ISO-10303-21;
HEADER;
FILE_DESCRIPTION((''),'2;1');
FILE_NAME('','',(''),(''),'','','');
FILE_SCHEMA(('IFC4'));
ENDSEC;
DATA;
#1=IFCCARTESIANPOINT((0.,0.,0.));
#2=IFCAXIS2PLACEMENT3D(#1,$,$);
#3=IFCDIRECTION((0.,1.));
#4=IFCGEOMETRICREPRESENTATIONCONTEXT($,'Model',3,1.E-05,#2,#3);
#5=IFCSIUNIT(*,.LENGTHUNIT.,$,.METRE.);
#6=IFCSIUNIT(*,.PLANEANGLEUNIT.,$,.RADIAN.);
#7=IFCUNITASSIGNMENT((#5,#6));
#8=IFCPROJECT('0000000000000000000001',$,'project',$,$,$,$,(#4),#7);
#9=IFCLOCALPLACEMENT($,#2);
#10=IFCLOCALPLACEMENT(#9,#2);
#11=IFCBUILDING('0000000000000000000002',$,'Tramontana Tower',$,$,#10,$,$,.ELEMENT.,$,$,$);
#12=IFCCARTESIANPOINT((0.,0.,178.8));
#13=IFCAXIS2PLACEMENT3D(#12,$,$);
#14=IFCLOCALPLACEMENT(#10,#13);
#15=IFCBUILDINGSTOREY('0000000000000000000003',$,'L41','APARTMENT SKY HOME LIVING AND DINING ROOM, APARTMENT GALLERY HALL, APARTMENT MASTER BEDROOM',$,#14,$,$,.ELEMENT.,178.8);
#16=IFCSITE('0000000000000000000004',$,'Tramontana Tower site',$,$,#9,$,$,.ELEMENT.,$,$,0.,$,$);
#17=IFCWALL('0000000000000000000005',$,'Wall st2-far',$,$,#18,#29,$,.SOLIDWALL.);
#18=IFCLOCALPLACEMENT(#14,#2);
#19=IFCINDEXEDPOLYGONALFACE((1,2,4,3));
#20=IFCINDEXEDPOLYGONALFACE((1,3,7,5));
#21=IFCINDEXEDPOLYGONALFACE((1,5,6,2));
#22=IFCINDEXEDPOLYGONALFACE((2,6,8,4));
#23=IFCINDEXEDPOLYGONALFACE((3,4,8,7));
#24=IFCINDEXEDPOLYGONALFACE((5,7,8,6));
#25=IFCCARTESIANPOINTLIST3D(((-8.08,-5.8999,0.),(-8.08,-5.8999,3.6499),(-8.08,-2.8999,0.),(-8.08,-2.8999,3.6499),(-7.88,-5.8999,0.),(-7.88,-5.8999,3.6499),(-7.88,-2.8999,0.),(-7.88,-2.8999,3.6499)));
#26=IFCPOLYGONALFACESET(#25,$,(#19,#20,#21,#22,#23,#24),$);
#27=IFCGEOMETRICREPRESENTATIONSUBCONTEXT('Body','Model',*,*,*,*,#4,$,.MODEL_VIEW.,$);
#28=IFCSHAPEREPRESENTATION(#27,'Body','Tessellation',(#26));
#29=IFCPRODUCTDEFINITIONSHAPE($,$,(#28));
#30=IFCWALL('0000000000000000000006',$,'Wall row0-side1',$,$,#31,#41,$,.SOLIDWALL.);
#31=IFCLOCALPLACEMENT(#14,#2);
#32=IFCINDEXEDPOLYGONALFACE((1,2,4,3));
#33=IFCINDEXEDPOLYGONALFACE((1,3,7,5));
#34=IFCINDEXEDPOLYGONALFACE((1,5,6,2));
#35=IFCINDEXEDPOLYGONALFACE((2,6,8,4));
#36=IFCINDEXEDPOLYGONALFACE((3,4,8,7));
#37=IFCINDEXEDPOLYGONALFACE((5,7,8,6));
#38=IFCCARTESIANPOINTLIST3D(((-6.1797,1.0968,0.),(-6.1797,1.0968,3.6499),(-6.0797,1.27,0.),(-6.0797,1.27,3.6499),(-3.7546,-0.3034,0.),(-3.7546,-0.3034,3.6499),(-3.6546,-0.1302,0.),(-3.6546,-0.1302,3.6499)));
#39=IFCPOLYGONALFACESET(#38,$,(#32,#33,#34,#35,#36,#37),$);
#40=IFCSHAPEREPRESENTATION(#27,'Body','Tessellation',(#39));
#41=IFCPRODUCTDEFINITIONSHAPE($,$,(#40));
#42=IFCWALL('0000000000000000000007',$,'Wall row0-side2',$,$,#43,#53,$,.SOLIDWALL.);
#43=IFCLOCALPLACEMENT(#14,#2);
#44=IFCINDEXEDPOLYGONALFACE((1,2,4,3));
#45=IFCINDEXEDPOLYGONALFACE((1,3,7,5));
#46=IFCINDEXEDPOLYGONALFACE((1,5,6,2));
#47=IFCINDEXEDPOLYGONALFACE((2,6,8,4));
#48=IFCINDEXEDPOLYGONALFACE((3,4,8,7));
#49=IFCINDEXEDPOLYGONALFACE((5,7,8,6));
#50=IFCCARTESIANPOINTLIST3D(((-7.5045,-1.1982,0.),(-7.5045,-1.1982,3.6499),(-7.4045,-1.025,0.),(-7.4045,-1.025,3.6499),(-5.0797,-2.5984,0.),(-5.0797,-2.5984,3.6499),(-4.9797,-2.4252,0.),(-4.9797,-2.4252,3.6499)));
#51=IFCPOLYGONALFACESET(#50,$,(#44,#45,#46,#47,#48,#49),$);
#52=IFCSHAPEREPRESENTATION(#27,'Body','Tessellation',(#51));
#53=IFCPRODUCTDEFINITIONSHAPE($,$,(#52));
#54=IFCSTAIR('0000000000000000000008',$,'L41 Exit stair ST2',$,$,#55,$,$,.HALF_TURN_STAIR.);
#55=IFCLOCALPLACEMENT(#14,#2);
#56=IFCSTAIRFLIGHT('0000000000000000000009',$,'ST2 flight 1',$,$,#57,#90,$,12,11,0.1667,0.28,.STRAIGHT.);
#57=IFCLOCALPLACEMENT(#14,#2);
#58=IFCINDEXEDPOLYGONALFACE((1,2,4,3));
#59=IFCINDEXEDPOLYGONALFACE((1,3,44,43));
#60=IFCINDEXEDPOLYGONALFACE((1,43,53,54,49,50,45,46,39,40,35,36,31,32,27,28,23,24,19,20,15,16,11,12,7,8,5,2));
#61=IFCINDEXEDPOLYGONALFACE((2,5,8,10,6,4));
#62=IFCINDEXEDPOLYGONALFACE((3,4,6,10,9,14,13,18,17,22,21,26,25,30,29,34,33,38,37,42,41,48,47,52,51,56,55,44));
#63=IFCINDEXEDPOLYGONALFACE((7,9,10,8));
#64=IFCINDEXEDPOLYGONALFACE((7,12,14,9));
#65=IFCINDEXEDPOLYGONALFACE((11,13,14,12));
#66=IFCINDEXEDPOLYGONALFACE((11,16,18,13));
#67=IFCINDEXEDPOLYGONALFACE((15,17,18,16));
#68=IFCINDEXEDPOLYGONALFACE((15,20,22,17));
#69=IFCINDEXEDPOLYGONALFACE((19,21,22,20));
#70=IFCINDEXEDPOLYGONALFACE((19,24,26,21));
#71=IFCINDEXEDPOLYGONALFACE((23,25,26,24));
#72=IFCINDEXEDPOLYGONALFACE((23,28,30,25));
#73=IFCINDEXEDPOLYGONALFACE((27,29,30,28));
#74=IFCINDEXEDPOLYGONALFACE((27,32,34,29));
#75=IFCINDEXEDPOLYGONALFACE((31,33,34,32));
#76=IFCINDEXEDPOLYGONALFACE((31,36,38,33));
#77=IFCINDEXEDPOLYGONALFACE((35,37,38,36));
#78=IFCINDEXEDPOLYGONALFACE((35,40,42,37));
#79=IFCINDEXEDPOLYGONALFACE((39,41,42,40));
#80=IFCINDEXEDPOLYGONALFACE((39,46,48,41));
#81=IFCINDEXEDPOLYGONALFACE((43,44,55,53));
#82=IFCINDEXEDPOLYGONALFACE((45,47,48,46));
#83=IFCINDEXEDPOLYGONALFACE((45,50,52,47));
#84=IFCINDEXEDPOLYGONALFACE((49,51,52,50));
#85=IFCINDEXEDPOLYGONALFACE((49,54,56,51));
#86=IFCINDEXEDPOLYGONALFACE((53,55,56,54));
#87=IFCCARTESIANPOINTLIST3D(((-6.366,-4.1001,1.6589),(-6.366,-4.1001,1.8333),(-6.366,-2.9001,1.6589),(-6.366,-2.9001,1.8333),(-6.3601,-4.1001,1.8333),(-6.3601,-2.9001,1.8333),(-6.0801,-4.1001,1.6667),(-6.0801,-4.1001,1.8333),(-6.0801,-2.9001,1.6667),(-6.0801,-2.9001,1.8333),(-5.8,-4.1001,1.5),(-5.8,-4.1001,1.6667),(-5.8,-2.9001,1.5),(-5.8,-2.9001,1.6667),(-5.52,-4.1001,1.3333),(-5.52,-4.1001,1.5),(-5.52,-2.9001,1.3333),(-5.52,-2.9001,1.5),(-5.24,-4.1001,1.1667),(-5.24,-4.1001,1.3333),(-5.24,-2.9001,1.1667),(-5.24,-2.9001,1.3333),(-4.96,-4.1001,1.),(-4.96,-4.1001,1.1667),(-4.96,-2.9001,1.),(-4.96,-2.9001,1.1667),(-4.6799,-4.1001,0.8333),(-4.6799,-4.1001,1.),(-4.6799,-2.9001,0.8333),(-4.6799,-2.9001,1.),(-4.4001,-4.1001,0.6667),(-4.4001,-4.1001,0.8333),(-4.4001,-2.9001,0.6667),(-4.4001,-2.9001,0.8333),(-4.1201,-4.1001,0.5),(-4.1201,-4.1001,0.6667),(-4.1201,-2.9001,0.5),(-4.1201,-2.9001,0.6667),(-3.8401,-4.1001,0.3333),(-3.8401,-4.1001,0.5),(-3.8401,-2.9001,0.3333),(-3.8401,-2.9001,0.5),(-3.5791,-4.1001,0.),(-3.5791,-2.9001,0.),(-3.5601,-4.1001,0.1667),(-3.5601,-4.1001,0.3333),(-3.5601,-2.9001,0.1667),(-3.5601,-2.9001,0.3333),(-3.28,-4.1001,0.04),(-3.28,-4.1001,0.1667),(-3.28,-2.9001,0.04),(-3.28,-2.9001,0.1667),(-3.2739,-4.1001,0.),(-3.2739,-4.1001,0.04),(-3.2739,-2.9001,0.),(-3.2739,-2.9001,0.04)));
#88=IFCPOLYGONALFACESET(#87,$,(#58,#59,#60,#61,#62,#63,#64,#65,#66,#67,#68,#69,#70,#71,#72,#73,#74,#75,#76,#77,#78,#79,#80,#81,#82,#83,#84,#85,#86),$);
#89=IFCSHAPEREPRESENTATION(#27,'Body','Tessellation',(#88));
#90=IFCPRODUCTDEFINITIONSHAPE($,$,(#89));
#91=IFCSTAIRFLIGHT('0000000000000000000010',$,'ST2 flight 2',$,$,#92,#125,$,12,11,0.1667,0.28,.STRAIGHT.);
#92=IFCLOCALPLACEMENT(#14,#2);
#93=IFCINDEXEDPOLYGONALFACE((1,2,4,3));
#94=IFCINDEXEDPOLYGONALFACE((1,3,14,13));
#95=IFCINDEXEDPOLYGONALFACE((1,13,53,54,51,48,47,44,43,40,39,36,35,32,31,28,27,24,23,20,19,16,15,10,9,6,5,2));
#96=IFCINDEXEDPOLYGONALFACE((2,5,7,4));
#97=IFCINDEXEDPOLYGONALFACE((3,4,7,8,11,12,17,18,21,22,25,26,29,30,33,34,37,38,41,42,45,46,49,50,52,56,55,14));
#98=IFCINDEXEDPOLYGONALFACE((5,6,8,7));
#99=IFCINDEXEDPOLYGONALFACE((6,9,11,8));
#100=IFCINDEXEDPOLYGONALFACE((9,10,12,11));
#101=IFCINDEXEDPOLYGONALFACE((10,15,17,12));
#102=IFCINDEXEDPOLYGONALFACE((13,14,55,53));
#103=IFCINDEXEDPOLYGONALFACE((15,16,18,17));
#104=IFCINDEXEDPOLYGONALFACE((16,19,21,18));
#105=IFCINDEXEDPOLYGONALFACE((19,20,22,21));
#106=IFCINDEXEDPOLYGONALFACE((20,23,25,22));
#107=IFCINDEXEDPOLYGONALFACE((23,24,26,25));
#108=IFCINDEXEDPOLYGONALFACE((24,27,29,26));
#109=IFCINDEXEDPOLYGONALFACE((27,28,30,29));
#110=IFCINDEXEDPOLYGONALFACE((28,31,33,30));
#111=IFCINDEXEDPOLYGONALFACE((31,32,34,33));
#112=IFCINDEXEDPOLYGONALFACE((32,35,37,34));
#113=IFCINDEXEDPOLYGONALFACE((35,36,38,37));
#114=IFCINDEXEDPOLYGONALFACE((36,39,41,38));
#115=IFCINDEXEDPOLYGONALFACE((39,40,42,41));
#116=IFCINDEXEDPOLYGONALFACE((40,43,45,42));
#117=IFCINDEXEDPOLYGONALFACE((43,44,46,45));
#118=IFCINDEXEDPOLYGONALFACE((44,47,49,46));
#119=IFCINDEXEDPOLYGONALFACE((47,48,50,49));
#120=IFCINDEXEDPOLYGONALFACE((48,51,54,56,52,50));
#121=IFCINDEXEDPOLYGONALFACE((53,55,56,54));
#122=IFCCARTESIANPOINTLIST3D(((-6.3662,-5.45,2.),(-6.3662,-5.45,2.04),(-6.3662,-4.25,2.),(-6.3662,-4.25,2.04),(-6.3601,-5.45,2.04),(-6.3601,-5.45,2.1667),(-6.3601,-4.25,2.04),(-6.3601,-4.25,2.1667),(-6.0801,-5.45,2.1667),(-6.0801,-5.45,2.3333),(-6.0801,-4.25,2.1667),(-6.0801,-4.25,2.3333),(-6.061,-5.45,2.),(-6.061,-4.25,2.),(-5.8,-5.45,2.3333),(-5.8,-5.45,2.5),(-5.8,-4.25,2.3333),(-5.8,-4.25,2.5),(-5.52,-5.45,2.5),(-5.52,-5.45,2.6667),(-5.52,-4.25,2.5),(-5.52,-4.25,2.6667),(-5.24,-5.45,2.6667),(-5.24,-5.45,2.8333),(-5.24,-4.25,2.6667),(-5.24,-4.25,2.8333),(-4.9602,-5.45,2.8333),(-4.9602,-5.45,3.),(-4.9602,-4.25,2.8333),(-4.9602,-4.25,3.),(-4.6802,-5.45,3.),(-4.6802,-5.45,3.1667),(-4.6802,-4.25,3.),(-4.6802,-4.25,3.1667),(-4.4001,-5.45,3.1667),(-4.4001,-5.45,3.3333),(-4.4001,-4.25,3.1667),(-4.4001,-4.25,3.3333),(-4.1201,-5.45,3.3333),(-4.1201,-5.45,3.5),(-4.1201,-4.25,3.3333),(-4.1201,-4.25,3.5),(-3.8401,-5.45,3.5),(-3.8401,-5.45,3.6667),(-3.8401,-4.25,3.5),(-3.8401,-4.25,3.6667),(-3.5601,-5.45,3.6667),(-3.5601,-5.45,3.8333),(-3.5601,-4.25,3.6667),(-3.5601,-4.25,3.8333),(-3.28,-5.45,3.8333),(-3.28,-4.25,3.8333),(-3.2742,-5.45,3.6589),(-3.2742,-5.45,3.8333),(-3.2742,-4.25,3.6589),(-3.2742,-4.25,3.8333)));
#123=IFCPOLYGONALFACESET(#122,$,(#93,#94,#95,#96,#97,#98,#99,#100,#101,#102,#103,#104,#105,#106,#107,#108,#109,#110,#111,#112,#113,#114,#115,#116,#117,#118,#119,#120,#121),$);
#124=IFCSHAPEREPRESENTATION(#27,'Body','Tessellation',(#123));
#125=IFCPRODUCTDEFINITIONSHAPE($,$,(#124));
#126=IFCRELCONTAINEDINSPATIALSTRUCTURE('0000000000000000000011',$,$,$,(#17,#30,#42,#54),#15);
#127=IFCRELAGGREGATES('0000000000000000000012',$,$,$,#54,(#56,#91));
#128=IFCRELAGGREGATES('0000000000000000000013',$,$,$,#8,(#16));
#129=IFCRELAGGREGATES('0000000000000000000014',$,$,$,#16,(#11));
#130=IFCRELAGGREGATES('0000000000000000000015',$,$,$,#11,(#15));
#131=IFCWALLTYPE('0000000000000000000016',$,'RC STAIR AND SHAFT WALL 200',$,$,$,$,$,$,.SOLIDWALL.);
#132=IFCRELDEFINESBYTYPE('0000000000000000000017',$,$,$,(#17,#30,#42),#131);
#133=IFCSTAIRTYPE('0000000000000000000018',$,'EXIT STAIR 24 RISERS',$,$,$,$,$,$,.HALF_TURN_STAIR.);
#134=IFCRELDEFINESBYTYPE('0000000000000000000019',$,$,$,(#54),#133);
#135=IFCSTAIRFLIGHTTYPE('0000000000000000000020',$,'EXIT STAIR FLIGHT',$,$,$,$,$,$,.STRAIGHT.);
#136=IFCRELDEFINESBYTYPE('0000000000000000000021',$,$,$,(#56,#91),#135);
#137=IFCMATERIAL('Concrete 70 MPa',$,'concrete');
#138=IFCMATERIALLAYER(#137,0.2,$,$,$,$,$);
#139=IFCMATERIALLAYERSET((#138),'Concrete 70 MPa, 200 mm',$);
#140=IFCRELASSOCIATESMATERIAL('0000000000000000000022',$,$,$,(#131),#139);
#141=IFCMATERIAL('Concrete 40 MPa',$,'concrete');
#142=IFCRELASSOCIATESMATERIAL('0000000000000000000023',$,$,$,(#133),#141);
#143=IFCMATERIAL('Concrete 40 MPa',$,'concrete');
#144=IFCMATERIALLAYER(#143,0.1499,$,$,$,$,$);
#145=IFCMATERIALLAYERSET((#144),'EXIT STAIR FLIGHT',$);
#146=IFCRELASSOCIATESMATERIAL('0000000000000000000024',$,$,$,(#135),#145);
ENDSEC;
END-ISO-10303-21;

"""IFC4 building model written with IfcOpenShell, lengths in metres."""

from ifc_helpers import new_model, si_unit, direction, frame, frame_2d, origin, place, context, subcontext, project, spatial, polyline, rectangle, outline, extrude, material, layer, layer_set, type_object, element, aggregate, save


model = new_model("IFC4")

# Units and contexts
model_context = context("Model", 3, precision=1e-05, world=origin(), true_north=direction((0.0, 1.0)))
body_context = subcontext(model_context, "Body", "Model", "MODEL_VIEW")
ifc_project = project(units=[si_unit("LENGTHUNIT", "METRE"), si_unit("PLANEANGLEUNIT", "RADIAN")], contexts=[model_context])

# Site, building, storey
site_placement = place(None, origin())
site = spatial("IfcSite", under=ifc_project, at=site_placement, Name="Tramontana Tower site", CompositionType="ELEMENT", RefElevation=0.0)
building_placement = place(site_placement, origin())
building = spatial("IfcBuilding", under=site, at=building_placement, Name="Tramontana Tower", CompositionType="ELEMENT")
storey_placement = place(building_placement, frame((0.0, 0.0, 178.8)))
storey = spatial("IfcBuildingStorey", under=building, at=storey_placement, Name="L41", Description="APARTMENT SKY HOME LIVING AND DINING ROOM, APARTMENT GALLERY HALL, APARTMENT MASTER BEDROOM", CompositionType="ELEMENT", Elevation=178.8)

# Walls
ifc_material_1 = material(Name="Concrete 70 MPa", Category="concrete")
ifc_layer_1 = layer(ifc_material_1, 0.2)
ifc_layer_set_1 = layer_set([ifc_layer_1], Name="Concrete 70 MPa, 200 mm")
wall_type_1 = type_object("IfcWallType", Name="RC STAIR AND SHAFT WALL 200", PredefinedType="SOLIDWALL", material=ifc_layer_set_1)
wall_1_placement = place(storey_placement, frame((-7.98, -2.8999, 0.0), z_axis=(0.0, 0.0, 1.0), x_axis=(0.0, -1.0, 0.0)))
element("IfcWall", 1, at=wall_1_placement, inside=storey, type_object=wall_type_1, Name="Wall st2-far", PredefinedType="SOLIDWALL", context=body_context, shape_type="SweptSolid", body=[
    extrude(rectangle(XDim=3.0, YDim=0.2, at=frame_2d((1.5, 0.0))), origin(), (0.0, 0.0, 1.0), 3.6499),
])
wall_2_placement = place(storey_placement, frame((-3.7046, -0.2168, 0.0), z_axis=(0.0, 0.0, 1.0), x_axis=(-0.866019, 0.500012, 0.0)))
element("IfcWall", 2, at=wall_2_placement, inside=storey, type_object=wall_type_1, Name="Wall row0-side1", PredefinedType="SOLIDWALL", context=body_context, shape_type="SweptSolid", body=[
    extrude(rectangle(XDim=2.8003, YDim=0.2, at=frame_2d((1.4001, 0.0))), origin(), (0.0, 0.0, 1.0), 3.6499),
])
wall_3_placement = place(storey_placement, frame((-5.0298, -2.5117, 0.0), z_axis=(0.0, 0.0, 1.0), x_axis=(-0.865997, 0.50005, 0.0)))
element("IfcWall", 3, at=wall_3_placement, inside=storey, type_object=wall_type_1, Name="Wall row0-side2", PredefinedType="SOLIDWALL", context=body_context, shape_type="SweptSolid", body=[
    extrude(rectangle(XDim=2.8, YDim=0.2, at=frame_2d((1.3999, 0.0))), origin(), (0.0, 0.0, 1.0), 3.6499),
])

# Stair, stair flights
ifc_material_2 = material(Name="Concrete 40 MPa", Category="concrete")
stair_type = type_object("IfcStairType", Name="EXIT STAIR 24 RISERS", PredefinedType="HALF_TURN_STAIR", material=ifc_material_2)
stair_placement = place(storey_placement, origin())
stair = element("IfcStair", 4, at=stair_placement, inside=storey, type_object=stair_type, Name="L41 Exit stair ST2", PredefinedType="HALF_TURN_STAIR")
ifc_material_3 = material(Name="Concrete 40 MPa", Category="concrete")
ifc_layer_2 = layer(ifc_material_3, 0.1499)
ifc_layer_set_2 = layer_set([ifc_layer_2], Name="EXIT STAIR FLIGHT")
stair_flight_type = type_object("IfcStairFlightType", Name="EXIT STAIR FLIGHT", PredefinedType="STRAIGHT", material=ifc_layer_set_2)
stair_flight_1_placement = place(storey_placement, frame((-3.28, -3.5, 0.0), z_axis=(0.0, 0.0, 1.0), x_axis=(-1.0, 0.0, 0.0)))
stair_flight_1 = element("IfcStairFlight", 5, at=stair_flight_1_placement, type_object=stair_flight_type, Name="ST2 flight 1", NumberOfRisers=12, NumberOfTreads=11, PredefinedType="STRAIGHT", RiserHeight=0.1667, TreadLength=0.28, context=body_context, shape_type="SweptSolid", body=[
    extrude(outline(polyline([(-0.0061, 0.0), (-0.0061, 0.04), (0.0, 0.04), (0.0, 0.1667), (0.28, 0.1667), (0.28, 0.3333), (0.5601, 0.3333), (0.5601, 0.5), (0.8401, 0.5), (0.8401, 0.6667), (1.1201, 0.6667), (1.1201, 0.8333), (1.3999, 0.8333), (1.3999, 1.0), (1.6799, 1.0), (1.6799, 1.1667), (1.96, 1.1667), (1.96, 1.3333), (2.24, 1.3333), (2.24, 1.5), (2.52, 1.5), (2.52, 1.6667), (2.8, 1.6667), (2.8, 1.8333), (3.0801, 1.8333), (3.0859, 1.8333), (3.0859, 1.6589), (0.2991, 0.0), (-0.0061, 0.0)])), frame((0.0, 0.6001, 0.0), z_axis=(0.0, -1.0, 0.0), x_axis=(1.0, 0.0, 0.0)), (0.0, 0.0, 1.0), 1.2),
])
stair_flight_2_placement = place(storey_placement, frame((-6.3601, -4.8501, 2.0), z_axis=(0.0, 0.0, 1.0), x_axis=(1.0, 0.0, 0.0)))
stair_flight_2 = element("IfcStairFlight", 6, at=stair_flight_2_placement, type_object=stair_flight_type, Name="ST2 flight 2", NumberOfRisers=12, NumberOfTreads=11, PredefinedType="STRAIGHT", RiserHeight=0.1667, TreadLength=0.28, context=body_context, shape_type="SweptSolid", body=[
    extrude(outline(polyline([(-0.0061, 0.0), (-0.0061, 0.04), (0.0, 0.04), (0.0, 0.1667), (0.28, 0.1667), (0.28, 0.3333), (0.5601, 0.3333), (0.5601, 0.5), (0.8401, 0.5), (0.8401, 0.6667), (1.1201, 0.6667), (1.1201, 0.8333), (1.3999, 0.8333), (1.3999, 1.0), (1.6799, 1.0), (1.6799, 1.1667), (1.96, 1.1667), (1.96, 1.3333), (2.24, 1.3333), (2.24, 1.5), (2.52, 1.5), (2.52, 1.6667), (2.8, 1.6667), (2.8, 1.8333), (3.0801, 1.8333), (3.0859, 1.8333), (3.0859, 1.6589), (0.2991, 0.0), (-0.0061, 0.0)])), frame((0.0, 0.6001, 0.0), z_axis=(0.0, -1.0, 0.0), x_axis=(1.0, 0.0, 0.0)), (0.0, 0.0, 1.0), 1.2),
])
aggregate(stair, [stair_flight_1, stair_flight_2])

save(model, "model.ifc")
